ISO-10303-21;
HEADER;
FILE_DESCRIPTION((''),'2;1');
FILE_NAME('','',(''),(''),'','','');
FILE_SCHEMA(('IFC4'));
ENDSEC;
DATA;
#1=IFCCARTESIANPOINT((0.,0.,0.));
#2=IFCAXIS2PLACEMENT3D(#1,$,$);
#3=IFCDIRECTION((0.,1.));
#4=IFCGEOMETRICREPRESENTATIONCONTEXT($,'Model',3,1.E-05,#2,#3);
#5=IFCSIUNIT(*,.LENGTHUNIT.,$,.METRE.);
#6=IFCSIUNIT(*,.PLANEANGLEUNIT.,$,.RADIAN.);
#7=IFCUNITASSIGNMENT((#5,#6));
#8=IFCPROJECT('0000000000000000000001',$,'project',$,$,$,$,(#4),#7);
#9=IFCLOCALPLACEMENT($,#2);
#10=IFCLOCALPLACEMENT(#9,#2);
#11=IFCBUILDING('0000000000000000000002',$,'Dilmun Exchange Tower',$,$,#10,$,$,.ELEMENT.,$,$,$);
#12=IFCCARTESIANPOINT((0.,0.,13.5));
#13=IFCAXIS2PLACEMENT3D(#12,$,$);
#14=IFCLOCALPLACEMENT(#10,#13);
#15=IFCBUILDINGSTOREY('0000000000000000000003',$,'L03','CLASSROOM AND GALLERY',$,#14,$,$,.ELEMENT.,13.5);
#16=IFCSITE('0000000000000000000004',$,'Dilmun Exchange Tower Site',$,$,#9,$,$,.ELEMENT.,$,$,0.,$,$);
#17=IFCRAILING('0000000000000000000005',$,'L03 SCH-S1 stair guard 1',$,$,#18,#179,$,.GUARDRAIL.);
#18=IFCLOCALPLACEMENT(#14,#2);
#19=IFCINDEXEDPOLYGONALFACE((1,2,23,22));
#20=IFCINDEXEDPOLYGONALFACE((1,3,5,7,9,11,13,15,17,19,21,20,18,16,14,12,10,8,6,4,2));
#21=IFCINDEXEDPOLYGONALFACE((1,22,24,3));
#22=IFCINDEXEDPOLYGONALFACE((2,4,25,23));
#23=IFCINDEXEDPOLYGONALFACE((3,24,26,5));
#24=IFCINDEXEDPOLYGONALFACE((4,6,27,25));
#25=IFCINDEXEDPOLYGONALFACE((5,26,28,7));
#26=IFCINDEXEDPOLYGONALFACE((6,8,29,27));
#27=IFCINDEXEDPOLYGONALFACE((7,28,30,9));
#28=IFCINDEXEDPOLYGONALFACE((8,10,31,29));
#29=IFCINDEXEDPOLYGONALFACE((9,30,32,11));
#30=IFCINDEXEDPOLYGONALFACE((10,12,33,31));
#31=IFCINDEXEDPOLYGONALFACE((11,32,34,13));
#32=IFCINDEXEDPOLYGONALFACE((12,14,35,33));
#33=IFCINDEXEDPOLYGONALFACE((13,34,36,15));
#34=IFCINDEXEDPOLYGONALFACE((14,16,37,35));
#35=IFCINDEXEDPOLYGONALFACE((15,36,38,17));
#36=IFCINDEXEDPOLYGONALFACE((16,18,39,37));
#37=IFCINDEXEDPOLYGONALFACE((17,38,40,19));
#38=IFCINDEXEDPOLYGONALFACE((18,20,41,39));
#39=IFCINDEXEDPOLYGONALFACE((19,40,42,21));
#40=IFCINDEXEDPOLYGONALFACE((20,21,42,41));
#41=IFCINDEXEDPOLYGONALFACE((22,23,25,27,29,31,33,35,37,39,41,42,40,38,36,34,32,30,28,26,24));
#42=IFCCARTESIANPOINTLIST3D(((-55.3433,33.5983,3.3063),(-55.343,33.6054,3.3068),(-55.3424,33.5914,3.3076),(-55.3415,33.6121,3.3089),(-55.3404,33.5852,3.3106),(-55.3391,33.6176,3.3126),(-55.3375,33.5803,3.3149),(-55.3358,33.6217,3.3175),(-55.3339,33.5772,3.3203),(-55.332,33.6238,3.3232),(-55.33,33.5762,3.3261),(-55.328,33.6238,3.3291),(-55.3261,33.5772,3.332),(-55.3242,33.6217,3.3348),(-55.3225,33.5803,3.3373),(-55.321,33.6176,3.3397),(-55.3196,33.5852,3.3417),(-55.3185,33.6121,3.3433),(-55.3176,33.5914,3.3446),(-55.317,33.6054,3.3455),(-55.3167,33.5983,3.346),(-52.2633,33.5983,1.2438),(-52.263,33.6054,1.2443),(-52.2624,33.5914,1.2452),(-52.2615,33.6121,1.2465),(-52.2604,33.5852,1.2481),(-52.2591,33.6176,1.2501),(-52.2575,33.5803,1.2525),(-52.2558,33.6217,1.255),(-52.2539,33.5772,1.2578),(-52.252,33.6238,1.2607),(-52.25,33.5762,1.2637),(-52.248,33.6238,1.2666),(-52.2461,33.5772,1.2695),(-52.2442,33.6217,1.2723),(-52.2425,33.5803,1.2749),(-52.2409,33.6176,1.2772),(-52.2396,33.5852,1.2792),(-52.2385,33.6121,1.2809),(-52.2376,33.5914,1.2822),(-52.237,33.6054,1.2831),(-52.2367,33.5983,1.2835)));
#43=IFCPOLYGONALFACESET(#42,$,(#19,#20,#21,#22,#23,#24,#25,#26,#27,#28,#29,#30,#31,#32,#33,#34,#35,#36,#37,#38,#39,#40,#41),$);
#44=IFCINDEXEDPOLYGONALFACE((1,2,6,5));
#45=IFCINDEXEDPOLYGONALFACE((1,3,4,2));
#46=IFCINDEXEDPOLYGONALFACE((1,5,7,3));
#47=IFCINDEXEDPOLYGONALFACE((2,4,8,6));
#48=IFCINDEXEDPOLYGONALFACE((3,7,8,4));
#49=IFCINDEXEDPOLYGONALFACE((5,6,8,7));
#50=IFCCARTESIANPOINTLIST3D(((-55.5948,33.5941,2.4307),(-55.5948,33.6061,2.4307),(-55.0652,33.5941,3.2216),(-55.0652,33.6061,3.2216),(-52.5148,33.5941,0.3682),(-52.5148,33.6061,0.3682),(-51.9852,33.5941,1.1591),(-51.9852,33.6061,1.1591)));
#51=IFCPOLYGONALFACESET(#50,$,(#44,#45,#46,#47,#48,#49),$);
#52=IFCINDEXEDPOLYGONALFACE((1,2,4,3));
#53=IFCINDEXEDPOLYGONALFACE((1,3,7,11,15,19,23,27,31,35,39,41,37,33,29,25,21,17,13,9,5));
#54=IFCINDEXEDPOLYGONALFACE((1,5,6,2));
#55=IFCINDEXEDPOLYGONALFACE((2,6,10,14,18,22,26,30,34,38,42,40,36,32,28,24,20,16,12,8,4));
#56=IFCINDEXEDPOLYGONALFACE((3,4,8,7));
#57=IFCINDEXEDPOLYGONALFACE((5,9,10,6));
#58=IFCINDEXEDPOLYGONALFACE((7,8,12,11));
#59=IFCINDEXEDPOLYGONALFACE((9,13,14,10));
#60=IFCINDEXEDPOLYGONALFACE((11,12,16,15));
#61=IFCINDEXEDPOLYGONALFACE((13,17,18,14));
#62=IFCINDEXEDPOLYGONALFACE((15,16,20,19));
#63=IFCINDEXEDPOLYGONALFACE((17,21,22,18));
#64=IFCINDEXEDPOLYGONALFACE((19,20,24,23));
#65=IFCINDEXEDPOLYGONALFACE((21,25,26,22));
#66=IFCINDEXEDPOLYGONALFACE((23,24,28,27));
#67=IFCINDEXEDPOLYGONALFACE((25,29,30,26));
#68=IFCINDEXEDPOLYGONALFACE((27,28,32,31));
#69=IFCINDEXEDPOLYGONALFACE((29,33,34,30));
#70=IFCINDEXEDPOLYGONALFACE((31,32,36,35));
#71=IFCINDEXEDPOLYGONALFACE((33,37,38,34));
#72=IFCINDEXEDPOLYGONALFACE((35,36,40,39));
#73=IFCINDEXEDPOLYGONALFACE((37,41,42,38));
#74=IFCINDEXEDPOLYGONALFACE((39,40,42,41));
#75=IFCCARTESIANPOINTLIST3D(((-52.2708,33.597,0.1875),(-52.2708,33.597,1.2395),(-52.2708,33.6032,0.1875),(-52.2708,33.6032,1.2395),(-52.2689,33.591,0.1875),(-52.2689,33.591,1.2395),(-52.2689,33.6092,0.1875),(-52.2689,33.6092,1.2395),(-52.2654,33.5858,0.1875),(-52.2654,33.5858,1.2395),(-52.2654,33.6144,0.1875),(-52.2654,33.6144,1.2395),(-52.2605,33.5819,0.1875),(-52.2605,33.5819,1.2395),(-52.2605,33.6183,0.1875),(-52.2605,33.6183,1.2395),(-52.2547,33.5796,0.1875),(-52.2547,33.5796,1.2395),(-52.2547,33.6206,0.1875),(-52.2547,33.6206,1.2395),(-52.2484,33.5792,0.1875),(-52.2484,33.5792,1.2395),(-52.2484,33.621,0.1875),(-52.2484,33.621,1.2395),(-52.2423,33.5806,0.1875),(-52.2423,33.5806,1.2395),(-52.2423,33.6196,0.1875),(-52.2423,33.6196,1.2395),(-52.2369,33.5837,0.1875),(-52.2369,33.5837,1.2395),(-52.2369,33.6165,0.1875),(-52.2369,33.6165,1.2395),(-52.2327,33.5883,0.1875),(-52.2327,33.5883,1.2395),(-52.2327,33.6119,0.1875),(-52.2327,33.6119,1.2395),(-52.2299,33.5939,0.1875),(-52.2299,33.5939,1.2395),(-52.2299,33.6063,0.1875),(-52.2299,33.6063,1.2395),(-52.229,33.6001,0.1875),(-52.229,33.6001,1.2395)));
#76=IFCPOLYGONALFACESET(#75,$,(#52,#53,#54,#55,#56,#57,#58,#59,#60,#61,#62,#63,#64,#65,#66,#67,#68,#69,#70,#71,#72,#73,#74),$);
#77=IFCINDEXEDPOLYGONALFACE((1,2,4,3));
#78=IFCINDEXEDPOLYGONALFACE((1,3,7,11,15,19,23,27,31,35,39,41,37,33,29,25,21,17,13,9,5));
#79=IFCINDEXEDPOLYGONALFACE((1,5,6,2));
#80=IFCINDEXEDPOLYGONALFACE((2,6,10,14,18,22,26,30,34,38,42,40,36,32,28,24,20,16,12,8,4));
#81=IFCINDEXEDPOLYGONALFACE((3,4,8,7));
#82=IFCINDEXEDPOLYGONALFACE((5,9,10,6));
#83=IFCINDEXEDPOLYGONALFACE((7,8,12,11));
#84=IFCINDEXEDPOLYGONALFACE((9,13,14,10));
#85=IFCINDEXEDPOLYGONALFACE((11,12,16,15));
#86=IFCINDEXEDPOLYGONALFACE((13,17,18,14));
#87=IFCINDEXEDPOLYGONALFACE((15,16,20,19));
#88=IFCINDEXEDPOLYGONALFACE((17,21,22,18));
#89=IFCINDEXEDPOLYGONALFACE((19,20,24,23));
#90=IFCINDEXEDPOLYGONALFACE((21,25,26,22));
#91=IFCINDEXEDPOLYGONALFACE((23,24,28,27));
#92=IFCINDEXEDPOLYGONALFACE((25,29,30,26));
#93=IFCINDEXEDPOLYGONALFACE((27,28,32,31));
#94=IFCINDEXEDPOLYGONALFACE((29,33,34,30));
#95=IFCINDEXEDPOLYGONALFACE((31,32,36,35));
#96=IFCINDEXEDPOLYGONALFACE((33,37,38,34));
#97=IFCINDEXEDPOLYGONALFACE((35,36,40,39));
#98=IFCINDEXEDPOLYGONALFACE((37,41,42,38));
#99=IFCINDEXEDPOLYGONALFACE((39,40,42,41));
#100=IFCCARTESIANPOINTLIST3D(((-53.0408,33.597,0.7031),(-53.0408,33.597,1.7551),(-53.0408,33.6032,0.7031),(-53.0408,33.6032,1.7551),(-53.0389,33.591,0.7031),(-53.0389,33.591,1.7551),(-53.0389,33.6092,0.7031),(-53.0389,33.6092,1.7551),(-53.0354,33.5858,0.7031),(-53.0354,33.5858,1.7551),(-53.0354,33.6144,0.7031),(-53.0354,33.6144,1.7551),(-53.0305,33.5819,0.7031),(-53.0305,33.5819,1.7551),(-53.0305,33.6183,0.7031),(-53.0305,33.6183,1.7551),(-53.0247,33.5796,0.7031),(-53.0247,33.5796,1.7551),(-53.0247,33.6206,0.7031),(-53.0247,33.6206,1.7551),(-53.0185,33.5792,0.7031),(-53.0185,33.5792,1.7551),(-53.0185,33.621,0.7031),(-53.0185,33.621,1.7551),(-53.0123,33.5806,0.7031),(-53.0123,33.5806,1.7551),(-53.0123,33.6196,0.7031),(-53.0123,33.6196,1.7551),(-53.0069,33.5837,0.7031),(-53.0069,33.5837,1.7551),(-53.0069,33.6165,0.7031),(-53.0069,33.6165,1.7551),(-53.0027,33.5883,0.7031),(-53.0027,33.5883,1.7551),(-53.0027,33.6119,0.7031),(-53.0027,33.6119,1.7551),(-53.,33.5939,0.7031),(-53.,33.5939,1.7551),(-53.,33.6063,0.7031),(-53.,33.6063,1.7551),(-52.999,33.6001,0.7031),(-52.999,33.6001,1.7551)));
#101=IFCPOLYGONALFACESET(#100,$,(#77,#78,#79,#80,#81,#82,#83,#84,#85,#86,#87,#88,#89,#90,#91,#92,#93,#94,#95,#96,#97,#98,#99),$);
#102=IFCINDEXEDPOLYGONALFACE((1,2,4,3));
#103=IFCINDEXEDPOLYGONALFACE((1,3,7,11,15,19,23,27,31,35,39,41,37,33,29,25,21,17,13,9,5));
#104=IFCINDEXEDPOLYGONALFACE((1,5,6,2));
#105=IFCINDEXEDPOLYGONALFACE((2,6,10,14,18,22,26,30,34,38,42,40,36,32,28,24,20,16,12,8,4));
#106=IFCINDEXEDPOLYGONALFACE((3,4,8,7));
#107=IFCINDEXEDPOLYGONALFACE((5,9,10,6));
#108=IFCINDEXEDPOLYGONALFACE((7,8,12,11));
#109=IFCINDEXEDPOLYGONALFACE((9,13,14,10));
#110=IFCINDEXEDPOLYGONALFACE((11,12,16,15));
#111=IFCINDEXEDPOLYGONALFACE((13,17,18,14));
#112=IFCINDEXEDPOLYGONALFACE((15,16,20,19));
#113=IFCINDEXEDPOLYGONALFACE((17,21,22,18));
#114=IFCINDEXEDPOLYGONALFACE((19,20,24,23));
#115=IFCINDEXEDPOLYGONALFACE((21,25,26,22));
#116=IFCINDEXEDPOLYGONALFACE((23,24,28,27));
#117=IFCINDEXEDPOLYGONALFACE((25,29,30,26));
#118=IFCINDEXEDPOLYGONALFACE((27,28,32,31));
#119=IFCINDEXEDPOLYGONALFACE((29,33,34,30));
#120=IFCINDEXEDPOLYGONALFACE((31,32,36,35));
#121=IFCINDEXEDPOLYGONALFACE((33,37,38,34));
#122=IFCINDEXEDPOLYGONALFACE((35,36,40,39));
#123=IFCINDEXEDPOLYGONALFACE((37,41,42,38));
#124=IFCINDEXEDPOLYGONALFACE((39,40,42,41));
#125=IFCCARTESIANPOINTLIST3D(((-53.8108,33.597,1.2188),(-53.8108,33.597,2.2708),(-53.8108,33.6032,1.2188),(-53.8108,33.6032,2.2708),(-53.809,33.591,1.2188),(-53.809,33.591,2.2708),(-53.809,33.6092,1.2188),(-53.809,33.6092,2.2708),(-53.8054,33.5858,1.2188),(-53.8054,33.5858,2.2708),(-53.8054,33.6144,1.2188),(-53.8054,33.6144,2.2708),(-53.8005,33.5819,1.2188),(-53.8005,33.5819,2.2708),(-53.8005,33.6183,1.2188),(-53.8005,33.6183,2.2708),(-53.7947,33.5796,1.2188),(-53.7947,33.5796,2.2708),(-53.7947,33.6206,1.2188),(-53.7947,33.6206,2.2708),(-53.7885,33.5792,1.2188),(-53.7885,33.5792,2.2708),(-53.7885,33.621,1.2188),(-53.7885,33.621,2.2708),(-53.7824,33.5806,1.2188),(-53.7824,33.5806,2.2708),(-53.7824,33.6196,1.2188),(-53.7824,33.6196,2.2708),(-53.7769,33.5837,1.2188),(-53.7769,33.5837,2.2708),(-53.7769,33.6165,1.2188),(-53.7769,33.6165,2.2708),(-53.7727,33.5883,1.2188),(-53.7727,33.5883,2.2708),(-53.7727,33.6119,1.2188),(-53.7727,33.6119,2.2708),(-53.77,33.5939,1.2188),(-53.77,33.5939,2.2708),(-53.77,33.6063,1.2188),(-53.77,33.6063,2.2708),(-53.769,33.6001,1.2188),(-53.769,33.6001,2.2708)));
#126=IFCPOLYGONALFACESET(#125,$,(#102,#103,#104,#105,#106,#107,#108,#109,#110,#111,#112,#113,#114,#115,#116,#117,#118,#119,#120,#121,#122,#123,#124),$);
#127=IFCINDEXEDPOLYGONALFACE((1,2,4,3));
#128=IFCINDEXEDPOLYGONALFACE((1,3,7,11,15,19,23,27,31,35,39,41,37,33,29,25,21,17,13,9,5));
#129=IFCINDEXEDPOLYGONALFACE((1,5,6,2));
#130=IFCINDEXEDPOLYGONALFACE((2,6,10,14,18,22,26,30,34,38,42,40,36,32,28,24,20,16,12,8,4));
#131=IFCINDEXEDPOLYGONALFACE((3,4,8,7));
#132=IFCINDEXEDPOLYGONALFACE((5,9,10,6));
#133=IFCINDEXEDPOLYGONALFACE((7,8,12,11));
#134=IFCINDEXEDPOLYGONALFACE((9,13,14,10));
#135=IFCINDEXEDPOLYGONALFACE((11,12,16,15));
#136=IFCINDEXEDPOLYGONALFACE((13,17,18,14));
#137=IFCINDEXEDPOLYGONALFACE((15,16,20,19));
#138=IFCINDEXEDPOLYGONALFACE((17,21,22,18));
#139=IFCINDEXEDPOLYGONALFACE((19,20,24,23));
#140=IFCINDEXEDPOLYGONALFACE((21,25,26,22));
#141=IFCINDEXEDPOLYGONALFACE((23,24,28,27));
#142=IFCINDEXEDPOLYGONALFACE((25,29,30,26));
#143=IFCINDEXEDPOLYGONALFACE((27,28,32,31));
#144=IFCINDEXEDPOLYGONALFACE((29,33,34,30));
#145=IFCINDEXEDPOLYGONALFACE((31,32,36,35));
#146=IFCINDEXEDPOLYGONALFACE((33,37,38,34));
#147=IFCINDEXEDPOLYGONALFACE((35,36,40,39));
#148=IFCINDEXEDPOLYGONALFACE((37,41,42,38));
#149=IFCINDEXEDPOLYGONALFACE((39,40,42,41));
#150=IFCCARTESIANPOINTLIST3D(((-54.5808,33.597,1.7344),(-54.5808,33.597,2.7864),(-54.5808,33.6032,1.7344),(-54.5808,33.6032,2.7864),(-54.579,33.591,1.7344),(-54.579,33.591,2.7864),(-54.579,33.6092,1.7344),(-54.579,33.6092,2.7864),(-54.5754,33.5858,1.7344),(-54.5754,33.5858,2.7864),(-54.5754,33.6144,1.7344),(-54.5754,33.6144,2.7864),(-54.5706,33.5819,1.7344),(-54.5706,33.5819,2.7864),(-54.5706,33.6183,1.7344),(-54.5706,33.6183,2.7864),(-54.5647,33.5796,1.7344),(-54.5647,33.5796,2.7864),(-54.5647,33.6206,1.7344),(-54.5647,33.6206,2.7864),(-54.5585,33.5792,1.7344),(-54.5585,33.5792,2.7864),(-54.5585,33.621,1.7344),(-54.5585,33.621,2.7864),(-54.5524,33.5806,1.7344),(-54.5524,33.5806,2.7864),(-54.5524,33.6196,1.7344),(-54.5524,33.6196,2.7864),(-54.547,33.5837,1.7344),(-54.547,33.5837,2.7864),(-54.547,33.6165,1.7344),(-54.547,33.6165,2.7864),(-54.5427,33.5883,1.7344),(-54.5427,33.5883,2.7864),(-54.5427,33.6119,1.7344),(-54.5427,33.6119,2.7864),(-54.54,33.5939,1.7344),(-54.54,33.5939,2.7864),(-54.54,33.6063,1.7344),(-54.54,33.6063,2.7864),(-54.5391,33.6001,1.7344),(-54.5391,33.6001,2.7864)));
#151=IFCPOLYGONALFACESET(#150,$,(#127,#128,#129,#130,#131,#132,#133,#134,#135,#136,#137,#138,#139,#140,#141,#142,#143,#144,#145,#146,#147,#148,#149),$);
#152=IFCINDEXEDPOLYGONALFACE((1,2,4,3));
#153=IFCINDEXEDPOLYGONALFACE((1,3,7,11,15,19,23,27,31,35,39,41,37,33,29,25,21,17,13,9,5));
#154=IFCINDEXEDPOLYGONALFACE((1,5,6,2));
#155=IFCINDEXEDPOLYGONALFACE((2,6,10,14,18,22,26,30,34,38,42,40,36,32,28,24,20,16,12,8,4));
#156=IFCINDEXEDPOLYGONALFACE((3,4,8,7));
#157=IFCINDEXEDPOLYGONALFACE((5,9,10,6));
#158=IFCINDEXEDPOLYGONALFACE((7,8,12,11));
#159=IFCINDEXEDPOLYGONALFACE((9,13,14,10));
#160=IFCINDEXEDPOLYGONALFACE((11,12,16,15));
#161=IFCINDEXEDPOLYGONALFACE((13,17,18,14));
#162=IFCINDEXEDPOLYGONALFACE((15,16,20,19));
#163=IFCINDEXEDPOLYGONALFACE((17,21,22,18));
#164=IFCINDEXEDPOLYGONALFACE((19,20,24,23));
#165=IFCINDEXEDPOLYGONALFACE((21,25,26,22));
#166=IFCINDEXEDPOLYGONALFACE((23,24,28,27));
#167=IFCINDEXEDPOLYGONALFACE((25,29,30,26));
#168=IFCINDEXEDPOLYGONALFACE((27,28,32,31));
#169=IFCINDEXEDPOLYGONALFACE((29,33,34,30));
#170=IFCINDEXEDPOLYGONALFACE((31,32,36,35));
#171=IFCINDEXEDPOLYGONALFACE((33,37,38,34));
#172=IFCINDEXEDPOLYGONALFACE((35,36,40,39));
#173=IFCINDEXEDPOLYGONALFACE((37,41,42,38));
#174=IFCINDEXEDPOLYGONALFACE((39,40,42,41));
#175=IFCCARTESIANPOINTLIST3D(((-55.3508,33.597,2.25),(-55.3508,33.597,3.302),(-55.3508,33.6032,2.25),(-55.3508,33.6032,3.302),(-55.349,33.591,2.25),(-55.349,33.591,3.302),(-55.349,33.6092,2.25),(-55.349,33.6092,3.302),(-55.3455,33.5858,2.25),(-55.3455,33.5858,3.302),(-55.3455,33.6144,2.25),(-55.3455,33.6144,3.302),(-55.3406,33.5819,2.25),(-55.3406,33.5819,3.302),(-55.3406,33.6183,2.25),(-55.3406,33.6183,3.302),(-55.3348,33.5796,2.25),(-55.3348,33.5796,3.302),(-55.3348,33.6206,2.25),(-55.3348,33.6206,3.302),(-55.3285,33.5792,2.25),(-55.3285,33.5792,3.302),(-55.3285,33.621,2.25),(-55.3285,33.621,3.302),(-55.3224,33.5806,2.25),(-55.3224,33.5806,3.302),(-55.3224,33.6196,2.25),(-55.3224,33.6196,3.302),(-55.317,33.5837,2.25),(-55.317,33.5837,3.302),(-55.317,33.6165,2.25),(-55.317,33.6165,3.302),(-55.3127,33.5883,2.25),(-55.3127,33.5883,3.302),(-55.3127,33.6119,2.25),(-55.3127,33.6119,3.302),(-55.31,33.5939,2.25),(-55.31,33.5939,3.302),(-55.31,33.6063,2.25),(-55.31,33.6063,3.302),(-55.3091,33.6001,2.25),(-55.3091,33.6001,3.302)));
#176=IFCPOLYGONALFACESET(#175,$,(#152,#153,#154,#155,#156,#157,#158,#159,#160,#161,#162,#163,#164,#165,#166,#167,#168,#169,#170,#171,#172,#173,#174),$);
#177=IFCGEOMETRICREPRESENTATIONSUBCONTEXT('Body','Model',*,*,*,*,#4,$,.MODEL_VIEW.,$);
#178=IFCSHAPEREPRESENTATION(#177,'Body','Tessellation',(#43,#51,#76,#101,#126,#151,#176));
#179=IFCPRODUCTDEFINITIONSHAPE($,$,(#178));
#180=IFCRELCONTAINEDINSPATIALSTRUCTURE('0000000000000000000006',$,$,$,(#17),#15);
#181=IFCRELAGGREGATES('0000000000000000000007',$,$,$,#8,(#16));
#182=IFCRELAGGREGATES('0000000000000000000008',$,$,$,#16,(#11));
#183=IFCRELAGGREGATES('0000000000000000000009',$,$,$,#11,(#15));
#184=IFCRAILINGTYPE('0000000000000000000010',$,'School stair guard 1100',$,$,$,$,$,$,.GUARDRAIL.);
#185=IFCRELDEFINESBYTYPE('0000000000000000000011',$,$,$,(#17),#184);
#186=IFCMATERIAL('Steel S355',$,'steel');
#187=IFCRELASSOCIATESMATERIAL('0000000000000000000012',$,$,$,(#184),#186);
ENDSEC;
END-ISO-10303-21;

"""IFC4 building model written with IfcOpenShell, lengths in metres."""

from ifc_helpers import new_model, si_unit, direction, frame, origin, origin_2d, place, context, subcontext, project, spatial, rectangle, circle, extrude, material, type_object, element, save


model = new_model("IFC4")

# Units and contexts
model_context = context("Model", 3, precision=1e-05, world=origin(), true_north=direction((0.0, 1.0)))
body_context = subcontext(model_context, "Body", "Model", "MODEL_VIEW")
ifc_project = project(units=[si_unit("LENGTHUNIT", "METRE"), si_unit("PLANEANGLEUNIT", "RADIAN")], contexts=[model_context])

# Site, building, storey
site_placement = place(None, origin())
site = spatial("IfcSite", under=ifc_project, at=site_placement, Name="Dilmun Exchange Tower Site", CompositionType="ELEMENT", RefElevation=0.0)
building_placement = place(site_placement, origin())
building = spatial("IfcBuilding", under=site, at=building_placement, Name="Dilmun Exchange Tower", CompositionType="ELEMENT")
storey_placement = place(building_placement, frame((0.0, 0.0, 13.5)))
storey = spatial("IfcBuildingStorey", under=building, at=storey_placement, Name="L03", Description="CLASSROOM AND GALLERY", CompositionType="ELEMENT", Elevation=13.5)

# Railing
ifc_material_1 = material(Name="Steel S355", Category="steel")
railing_type_1 = type_object("IfcRailingType", Name="School stair guard 1100", PredefinedType="GUARDRAIL", material=ifc_material_1)
railing_1_placement = place(storey_placement, frame((-52.25, 33.6001, 0.1875)))
element("IfcRailing", 1, at=railing_1_placement, inside=storey, type_object=railing_type_1, Name="L03 SCH-S1 stair guard 1", PredefinedType="GUARDRAIL", context=body_context, shape_type="SweptSolid", body=[
    extrude(circle(Radius=0.0239, at=origin_2d()), frame((0.0, 0.0, 1.0762), z_axis=(-0.830914, 0.0, 0.556401), x_axis=(0.0, -1.0, 0.0)), (0.0, 0.0, 1.0), 3.7068),
    extrude(rectangle(XDim=0.012, YDim=0.9519, at=origin_2d()), frame((0.0, 0.0, 0.5762), z_axis=(-0.830914, 0.0, 0.556401), x_axis=(0.0, -1.0, 0.0)), (0.0, 0.0, 1.0), 3.7068),
    extrude(circle(Radius=0.021, at=origin_2d()), origin(), (0.0, 0.0, 1.0), 1.052),
    extrude(circle(Radius=0.021, at=origin_2d()), frame((-0.77, 0.0, 0.5156)), (0.0, 0.0, 1.0), 1.052),
    extrude(circle(Radius=0.021, at=origin_2d()), frame((-1.54, 0.0, 1.0312)), (0.0, 0.0, 1.0), 1.052),
    extrude(circle(Radius=0.021, at=origin_2d()), frame((-2.3101, 0.0, 1.5469)), (0.0, 0.0, 1.0), 1.052),
    extrude(circle(Radius=0.021, at=origin_2d()), frame((-3.0801, 0.0, 2.0625)), (0.0, 0.0, 1.0), 1.052),
])

save(model, "model.ifc")
